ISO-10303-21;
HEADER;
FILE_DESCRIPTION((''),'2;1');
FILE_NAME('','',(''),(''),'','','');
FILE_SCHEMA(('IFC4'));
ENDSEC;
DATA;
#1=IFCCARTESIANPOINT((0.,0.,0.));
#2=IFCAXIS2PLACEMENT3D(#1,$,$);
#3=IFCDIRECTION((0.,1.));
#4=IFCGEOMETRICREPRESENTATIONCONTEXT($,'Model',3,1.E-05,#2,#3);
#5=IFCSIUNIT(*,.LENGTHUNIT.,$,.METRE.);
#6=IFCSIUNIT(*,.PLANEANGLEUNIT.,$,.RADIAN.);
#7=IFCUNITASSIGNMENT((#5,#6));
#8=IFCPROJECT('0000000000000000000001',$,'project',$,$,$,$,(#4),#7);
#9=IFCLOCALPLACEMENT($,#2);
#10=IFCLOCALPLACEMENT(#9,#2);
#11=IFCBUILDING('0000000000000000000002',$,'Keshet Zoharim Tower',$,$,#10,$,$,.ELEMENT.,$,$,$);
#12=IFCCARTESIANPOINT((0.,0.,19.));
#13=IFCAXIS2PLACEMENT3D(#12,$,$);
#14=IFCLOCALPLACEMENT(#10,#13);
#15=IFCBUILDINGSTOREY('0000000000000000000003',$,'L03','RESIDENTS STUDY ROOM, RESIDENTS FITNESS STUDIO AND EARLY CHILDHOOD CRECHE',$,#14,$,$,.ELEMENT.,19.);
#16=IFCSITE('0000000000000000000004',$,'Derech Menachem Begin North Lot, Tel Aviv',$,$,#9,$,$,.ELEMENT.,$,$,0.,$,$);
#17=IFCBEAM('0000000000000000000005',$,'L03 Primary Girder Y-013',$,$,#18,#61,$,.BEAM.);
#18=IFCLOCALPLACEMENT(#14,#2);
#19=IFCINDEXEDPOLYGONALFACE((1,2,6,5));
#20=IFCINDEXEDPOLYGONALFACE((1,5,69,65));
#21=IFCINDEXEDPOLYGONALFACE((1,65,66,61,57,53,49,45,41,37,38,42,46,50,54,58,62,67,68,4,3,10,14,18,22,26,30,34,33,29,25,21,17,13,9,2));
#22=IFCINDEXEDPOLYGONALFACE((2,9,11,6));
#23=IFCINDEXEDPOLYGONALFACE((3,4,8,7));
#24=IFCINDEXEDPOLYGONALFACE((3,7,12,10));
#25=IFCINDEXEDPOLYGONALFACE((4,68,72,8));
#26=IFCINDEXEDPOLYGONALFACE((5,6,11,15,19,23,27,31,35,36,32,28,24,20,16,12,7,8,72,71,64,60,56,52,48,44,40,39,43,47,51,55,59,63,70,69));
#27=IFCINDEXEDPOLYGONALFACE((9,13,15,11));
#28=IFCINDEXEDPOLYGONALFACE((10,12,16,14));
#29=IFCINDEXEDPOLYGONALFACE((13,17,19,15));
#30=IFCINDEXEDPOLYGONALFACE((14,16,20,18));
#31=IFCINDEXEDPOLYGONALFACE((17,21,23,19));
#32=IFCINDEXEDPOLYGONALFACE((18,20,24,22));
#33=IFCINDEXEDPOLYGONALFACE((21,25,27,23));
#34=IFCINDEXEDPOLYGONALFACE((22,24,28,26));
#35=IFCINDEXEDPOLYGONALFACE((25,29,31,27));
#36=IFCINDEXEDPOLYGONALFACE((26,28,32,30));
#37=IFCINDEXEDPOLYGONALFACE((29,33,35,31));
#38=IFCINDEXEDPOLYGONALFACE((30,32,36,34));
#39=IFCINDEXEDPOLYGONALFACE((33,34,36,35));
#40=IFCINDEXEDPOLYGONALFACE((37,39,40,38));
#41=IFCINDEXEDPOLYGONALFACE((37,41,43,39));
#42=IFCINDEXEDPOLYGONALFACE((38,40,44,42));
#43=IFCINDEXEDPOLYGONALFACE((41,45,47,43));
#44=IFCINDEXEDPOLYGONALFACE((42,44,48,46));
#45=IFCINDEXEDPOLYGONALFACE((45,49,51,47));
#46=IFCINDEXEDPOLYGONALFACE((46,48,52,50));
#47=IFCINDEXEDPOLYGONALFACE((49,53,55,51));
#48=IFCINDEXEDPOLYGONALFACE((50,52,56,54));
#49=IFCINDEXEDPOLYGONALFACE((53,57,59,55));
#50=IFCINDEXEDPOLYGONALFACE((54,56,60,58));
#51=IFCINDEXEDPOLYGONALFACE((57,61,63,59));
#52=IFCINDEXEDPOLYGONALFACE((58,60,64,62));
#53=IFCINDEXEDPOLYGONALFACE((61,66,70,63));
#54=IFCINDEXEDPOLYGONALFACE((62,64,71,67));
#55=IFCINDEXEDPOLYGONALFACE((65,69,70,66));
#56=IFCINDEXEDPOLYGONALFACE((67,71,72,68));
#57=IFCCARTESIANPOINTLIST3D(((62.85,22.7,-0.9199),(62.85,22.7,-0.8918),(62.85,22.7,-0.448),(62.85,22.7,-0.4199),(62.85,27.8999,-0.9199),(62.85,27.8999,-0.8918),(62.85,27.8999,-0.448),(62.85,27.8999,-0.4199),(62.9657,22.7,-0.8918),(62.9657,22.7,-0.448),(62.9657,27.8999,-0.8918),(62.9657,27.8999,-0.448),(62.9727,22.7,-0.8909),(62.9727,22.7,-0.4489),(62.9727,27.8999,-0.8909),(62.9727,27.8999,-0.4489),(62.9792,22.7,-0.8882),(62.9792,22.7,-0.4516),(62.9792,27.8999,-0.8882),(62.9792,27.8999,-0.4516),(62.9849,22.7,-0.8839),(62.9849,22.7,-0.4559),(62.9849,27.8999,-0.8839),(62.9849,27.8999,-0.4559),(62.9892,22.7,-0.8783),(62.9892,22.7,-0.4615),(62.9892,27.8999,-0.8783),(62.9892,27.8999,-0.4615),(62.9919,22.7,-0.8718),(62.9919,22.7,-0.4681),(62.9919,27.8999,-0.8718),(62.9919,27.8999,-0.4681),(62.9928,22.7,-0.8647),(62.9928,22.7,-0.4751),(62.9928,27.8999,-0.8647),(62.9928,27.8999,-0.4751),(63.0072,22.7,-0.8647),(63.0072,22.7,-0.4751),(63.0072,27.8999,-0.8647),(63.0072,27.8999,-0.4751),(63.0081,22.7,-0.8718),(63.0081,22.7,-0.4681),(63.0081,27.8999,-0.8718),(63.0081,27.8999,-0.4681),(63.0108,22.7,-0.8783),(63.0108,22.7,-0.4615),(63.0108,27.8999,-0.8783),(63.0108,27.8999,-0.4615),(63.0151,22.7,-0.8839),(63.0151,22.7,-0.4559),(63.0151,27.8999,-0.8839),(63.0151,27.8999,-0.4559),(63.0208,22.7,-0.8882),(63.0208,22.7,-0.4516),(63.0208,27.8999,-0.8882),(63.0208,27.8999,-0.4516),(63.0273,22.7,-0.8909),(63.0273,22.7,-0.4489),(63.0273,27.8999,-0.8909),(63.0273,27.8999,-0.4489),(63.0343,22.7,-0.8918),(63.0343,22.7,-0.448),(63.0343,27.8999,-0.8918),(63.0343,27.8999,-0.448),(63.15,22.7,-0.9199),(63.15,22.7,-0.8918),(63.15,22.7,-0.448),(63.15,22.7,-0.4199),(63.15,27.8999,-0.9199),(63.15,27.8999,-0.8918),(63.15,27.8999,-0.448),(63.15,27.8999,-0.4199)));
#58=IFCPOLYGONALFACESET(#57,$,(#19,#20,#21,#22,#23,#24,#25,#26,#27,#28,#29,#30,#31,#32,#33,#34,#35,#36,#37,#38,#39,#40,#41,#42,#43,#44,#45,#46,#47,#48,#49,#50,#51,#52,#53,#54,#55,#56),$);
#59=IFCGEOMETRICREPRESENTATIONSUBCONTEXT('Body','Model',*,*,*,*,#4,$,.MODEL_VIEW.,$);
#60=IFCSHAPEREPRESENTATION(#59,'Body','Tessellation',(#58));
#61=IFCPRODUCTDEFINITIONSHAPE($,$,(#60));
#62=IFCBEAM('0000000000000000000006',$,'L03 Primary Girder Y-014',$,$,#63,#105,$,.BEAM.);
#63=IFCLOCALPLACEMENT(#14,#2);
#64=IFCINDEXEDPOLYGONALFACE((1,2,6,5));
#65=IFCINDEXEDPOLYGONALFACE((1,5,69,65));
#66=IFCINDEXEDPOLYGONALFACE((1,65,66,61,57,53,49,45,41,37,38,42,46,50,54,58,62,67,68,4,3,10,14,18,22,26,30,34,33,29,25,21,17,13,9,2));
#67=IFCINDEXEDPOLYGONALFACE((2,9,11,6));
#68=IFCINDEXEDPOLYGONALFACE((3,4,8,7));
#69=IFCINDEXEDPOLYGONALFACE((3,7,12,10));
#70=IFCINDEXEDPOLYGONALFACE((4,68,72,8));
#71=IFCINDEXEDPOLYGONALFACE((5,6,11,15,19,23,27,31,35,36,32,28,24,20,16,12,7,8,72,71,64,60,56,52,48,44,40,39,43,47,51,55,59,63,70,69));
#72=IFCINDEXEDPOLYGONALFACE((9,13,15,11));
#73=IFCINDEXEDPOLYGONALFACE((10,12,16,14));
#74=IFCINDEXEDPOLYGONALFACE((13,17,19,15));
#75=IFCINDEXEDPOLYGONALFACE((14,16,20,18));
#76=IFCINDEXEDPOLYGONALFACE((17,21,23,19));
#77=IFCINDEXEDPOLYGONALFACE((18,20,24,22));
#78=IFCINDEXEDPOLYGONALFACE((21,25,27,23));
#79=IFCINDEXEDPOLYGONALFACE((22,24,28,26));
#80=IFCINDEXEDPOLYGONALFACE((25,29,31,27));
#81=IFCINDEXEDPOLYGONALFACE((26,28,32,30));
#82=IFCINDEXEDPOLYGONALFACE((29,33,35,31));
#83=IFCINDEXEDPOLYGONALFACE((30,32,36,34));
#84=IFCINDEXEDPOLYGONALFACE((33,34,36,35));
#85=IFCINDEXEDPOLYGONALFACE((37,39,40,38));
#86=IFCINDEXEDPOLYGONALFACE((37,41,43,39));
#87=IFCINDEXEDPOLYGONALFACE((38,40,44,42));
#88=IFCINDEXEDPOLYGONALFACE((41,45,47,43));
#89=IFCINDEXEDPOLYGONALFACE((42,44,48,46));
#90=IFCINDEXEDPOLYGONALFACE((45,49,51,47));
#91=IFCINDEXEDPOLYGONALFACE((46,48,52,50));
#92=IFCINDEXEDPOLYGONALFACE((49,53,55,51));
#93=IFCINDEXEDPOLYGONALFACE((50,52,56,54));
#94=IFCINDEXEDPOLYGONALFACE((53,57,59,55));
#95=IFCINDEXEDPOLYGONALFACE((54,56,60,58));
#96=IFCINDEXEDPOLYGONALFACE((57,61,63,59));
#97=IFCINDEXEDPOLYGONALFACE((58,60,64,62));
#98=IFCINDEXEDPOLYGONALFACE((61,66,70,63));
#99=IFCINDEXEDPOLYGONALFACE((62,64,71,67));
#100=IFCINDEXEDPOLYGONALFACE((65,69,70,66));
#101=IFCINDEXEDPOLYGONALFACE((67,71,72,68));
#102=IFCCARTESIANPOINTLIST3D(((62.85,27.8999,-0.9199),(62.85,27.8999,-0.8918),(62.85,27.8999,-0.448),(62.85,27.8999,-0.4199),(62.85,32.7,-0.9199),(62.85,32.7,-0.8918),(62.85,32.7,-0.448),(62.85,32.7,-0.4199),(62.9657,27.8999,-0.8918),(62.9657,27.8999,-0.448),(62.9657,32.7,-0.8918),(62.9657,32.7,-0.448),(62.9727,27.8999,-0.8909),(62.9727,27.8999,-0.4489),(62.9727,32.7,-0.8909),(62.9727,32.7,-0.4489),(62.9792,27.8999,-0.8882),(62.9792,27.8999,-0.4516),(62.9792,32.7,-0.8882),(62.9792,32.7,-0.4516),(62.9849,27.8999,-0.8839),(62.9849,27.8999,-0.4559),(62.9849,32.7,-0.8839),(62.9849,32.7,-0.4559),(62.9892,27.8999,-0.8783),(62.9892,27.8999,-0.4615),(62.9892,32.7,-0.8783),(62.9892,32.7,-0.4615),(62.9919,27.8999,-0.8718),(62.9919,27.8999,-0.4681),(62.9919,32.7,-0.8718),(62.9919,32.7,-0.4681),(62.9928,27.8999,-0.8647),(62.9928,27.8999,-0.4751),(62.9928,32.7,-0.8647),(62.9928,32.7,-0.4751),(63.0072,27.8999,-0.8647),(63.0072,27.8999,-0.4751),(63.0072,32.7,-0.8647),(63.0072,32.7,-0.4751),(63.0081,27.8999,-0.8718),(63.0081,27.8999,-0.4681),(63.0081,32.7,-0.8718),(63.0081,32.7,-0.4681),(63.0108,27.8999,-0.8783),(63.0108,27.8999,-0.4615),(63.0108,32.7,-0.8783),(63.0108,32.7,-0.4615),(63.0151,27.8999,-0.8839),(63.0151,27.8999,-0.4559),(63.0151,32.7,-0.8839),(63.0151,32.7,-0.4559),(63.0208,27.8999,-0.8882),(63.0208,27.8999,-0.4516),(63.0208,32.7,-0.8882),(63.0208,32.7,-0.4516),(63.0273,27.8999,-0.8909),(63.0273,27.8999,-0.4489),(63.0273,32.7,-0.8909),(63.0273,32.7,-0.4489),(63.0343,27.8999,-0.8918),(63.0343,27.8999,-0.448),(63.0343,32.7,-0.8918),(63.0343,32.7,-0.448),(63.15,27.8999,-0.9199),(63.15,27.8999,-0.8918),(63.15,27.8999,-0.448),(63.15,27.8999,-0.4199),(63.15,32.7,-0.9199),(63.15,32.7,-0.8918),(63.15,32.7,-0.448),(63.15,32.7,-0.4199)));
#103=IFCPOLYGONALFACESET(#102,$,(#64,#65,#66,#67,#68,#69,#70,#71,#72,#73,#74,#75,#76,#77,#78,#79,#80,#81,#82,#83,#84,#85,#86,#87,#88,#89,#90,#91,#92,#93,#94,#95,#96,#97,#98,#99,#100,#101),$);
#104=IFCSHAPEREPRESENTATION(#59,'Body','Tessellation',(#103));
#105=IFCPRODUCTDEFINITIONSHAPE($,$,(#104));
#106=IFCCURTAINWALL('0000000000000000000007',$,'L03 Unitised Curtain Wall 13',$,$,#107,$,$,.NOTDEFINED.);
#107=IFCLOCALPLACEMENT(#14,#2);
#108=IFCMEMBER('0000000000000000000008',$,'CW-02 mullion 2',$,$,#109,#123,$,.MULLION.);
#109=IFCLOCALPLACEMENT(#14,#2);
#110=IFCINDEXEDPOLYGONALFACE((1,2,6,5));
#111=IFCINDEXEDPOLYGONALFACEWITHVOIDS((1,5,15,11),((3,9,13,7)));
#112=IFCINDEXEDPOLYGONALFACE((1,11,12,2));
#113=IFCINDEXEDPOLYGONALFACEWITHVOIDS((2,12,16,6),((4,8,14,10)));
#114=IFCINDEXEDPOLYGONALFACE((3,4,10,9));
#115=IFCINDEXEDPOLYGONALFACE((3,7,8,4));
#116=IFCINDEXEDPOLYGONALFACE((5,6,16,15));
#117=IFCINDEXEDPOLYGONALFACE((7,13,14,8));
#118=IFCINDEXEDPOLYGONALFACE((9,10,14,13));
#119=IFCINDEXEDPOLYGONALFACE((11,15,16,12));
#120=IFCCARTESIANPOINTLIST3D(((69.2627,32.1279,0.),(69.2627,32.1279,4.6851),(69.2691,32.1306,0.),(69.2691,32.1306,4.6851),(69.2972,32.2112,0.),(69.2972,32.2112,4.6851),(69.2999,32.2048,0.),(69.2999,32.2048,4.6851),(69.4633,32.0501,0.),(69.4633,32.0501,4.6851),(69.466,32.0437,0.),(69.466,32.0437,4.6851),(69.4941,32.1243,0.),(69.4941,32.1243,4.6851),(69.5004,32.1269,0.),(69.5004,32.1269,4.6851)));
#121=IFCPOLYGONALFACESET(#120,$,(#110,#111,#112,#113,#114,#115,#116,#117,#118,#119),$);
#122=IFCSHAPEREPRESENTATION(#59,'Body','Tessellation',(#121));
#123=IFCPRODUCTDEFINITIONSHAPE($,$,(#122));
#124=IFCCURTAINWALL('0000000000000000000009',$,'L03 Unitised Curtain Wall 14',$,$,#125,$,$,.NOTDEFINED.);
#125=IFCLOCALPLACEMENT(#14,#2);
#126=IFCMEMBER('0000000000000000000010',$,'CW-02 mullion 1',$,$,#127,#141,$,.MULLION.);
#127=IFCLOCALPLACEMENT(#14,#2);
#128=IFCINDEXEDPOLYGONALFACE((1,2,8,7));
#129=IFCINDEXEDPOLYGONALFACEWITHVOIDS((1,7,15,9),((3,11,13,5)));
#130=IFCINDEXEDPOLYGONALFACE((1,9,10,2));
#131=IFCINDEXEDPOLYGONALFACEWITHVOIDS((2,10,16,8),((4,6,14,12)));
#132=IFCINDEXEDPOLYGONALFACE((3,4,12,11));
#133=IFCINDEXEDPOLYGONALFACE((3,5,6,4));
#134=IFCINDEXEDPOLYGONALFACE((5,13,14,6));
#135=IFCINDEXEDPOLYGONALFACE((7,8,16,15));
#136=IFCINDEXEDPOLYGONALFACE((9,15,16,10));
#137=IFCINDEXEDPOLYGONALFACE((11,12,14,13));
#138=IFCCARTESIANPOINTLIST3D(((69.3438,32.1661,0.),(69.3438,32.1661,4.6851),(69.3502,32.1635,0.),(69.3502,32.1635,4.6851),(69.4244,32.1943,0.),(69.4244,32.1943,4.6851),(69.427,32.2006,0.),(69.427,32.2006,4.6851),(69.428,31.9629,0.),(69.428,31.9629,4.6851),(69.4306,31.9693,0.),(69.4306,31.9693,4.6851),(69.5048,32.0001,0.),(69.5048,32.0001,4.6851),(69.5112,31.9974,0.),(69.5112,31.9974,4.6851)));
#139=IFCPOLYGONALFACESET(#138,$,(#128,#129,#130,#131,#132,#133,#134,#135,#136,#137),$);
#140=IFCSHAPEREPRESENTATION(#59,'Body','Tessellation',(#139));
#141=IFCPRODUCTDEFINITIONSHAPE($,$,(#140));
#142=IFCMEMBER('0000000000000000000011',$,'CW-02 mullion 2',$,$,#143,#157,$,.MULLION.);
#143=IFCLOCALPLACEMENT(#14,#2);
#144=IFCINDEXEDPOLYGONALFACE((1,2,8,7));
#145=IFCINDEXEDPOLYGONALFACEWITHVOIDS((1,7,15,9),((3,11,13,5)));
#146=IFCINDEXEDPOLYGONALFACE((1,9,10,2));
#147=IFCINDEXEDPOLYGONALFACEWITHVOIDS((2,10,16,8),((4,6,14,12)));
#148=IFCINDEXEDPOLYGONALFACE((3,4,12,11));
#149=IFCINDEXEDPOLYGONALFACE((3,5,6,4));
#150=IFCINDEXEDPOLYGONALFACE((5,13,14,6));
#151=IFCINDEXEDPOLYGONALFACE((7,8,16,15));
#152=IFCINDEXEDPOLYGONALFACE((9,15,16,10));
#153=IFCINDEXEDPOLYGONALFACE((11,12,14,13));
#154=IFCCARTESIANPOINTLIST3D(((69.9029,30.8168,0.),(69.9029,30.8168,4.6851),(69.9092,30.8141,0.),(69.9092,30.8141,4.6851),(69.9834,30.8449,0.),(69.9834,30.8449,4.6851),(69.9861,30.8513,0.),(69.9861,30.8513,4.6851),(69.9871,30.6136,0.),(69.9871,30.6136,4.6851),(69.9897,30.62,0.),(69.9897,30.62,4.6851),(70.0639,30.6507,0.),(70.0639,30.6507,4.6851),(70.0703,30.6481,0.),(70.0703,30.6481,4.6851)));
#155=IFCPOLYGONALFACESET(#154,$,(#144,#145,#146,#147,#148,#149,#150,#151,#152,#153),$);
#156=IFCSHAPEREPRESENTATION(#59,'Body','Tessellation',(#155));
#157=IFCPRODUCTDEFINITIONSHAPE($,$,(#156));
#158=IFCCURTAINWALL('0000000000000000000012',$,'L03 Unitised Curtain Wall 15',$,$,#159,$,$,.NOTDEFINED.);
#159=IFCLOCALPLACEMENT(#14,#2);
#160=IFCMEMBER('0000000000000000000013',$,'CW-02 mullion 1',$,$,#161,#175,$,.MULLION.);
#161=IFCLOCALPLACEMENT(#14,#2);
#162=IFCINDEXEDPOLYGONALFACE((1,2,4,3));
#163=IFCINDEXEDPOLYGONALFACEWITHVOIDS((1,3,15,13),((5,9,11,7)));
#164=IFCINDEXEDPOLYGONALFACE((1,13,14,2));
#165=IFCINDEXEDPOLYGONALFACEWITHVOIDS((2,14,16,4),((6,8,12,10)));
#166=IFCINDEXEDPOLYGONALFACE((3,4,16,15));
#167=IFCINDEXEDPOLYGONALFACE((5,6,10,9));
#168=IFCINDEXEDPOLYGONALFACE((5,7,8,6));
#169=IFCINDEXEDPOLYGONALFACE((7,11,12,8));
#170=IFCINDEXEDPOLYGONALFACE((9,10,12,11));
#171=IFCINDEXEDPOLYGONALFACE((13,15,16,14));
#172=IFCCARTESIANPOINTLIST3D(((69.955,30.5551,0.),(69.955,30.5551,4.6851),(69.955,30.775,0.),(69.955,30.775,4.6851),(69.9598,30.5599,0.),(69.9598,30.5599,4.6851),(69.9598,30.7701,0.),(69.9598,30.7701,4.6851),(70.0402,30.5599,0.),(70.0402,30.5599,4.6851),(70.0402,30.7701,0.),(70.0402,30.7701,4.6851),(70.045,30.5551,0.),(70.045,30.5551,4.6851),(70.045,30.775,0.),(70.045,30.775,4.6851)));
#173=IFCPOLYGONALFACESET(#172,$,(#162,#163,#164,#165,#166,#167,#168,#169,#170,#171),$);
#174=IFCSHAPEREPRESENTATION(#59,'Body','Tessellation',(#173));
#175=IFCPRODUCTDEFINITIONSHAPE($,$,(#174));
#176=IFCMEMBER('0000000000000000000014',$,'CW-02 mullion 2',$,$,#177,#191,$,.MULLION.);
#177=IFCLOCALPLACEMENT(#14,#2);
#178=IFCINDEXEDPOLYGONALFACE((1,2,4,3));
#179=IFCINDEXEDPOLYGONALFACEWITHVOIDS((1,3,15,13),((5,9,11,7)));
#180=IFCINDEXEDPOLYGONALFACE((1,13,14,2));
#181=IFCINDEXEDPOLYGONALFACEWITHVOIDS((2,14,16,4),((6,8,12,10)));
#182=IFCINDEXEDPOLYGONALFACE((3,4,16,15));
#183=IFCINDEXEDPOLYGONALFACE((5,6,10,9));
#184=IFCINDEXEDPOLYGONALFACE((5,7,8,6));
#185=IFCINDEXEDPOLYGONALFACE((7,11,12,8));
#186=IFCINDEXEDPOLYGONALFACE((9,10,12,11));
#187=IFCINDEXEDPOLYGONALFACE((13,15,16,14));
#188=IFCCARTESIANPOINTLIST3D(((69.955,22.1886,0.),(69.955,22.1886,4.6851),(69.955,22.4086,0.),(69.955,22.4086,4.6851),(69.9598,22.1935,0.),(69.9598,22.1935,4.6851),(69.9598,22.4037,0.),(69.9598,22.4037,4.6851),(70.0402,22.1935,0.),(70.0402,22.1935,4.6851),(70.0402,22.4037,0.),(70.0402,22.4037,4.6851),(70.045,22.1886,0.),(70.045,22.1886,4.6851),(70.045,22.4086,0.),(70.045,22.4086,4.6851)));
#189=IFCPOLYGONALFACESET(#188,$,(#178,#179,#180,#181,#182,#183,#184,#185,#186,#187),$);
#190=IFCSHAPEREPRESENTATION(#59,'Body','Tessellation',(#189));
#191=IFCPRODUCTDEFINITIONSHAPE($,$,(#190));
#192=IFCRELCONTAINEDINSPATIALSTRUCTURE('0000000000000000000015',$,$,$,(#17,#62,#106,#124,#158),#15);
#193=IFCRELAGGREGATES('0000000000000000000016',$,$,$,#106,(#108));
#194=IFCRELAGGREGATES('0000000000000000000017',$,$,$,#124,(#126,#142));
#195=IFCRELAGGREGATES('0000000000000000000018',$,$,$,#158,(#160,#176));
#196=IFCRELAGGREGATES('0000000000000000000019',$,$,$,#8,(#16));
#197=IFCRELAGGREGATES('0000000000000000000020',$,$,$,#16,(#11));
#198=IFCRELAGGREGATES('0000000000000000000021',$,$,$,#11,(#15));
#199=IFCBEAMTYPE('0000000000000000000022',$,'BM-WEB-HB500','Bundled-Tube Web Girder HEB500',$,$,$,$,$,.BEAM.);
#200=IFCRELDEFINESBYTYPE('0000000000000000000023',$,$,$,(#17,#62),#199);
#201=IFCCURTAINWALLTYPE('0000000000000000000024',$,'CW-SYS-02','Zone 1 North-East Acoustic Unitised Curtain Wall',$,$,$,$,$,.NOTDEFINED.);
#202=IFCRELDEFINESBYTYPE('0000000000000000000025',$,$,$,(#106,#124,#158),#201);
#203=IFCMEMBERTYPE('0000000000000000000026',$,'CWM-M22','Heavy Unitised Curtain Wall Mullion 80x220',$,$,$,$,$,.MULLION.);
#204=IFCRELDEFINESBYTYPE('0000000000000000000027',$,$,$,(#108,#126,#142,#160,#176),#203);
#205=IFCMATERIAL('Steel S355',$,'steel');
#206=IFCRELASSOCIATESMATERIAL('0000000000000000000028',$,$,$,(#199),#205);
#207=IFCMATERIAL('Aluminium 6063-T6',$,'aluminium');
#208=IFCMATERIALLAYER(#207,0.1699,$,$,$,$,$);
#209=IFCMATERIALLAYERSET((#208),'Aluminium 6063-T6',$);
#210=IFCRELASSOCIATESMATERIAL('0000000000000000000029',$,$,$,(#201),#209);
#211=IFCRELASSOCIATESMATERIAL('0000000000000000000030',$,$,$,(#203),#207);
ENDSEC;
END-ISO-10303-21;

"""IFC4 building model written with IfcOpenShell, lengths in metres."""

from ifc_helpers import new_model, si_unit, direction, frame, origin, origin_2d, place, context, subcontext, project, spatial, hollow_rectangle, i_section, extrude, material, layer, layer_set, material_profile, profile_set, type_object, element, aggregate, save


model = new_model("IFC4")

# Units and contexts
model_context = context("Model", 3, precision=1e-05, world=origin(), true_north=direction((0.0, 1.0)))
body_context = subcontext(model_context, "Body", "Model", "MODEL_VIEW")
ifc_project = project(units=[si_unit("LENGTHUNIT", "METRE"), si_unit("PLANEANGLEUNIT", "RADIAN")], contexts=[model_context])

# Site, building, storey
site_placement = place(None, origin())
site = spatial("IfcSite", under=ifc_project, at=site_placement, Name="Derech Menachem Begin North Lot, Tel Aviv", CompositionType="ELEMENT", RefElevation=0.0)
building_placement = place(site_placement, origin())
building = spatial("IfcBuilding", under=site, at=building_placement, Name="Keshet Zoharim Tower", CompositionType="ELEMENT")
storey_placement = place(building_placement, frame((0.0, 0.0, 19.0)))
storey = spatial("IfcBuildingStorey", under=building, at=storey_placement, Name="L03", Description="RESIDENTS STUDY ROOM, RESIDENTS FITNESS STUDIO AND EARLY CHILDHOOD CRECHE", CompositionType="ELEMENT", Elevation=19.0)

# Shared definitions
ifc_material_1 = material(Name="Steel S355", Category="steel")

# Beams
ifc_material_profile_1 = material_profile(ifc_material_1, i_section(OverallWidth=0.3, OverallDepth=0.5, WebThickness=0.0144, FlangeThickness=0.0281, FilletRadius=0.0271, at=origin_2d()), Name="HEB500")
ifc_profile_set_1 = profile_set([ifc_material_profile_1], Name="Steel S355")
beam_type = type_object("IfcBeamType", Name="BM-WEB-HB500", Description="Bundled-Tube Web Girder HEB500", PredefinedType="BEAM", material=ifc_profile_set_1)
beam_1_placement = place(storey_placement, frame((63.0, 22.7, -0.6699), z_axis=(0.0, 1.0, 0.0), x_axis=(-1.0, 0.0, 0.0)))
element("IfcBeam", 1, at=beam_1_placement, inside=storey, type_object=beam_type, Name="L03 Primary Girder Y-013", PredefinedType="BEAM", context=body_context, shape_type="SweptSolid", body=[
    extrude(i_section(OverallWidth=0.3, OverallDepth=0.5, WebThickness=0.0144, FlangeThickness=0.0281, FilletRadius=0.0271, at=origin_2d()), origin(), (0.0, 0.0, 1.0), 5.2),
])
beam_2_placement = place(storey_placement, frame((63.0, 27.8999, -0.6699), z_axis=(0.0, 1.0, 0.0), x_axis=(-1.0, 0.0, 0.0)))
element("IfcBeam", 2, at=beam_2_placement, inside=storey, type_object=beam_type, Name="L03 Primary Girder Y-014", PredefinedType="BEAM", context=body_context, shape_type="SweptSolid", body=[
    extrude(i_section(OverallWidth=0.3, OverallDepth=0.5, WebThickness=0.0144, FlangeThickness=0.0281, FilletRadius=0.0271, at=origin_2d()), origin(), (0.0, 0.0, 1.0), 4.8),
])

# Curtain wall, member
ifc_material_2 = material(Name="Aluminium 6063-T6", Category="aluminium")
ifc_layer_1 = layer(ifc_material_2, 0.1699)
ifc_layer_set_1 = layer_set([ifc_layer_1], Name="Aluminium 6063-T6")
curtain_wall_type = type_object("IfcCurtainWallType", Name="CW-SYS-02", Description="Zone 1 North-East Acoustic Unitised Curtain Wall", PredefinedType="NOTDEFINED", material=ifc_layer_set_1)
curtain_wall_1_placement = place(storey_placement, origin())
curtain_wall_1 = element("IfcCurtainWall", 3, at=curtain_wall_1_placement, inside=storey, type_object=curtain_wall_type, Name="L03 Unitised Curtain Wall 13", PredefinedType="NOTDEFINED")
ifc_material_profile_2 = material_profile(ifc_material_2, hollow_rectangle(XDim=0.0901, YDim=0.22, WallThickness=0.0049, at=origin_2d()), Name="MUL-90x220")
ifc_profile_set_2 = profile_set([ifc_material_profile_2], Name="Aluminium 6063-T6")
member_type_1 = type_object("IfcMemberType", Name="CWM-M22", Description="Heavy Unitised Curtain Wall Mullion 80x220", PredefinedType="MULLION", material=ifc_profile_set_2)
member_1_placement = place(storey_placement, frame((69.3816, 32.1274, 0.0), z_axis=(0.0, 0.0, 1.0), x_axis=(0.382852, 0.92381, 0.0)))
member_1 = element("IfcMember", 4, at=member_1_placement, type_object=member_type_1, Name="CW-02 mullion 2", PredefinedType="MULLION", context=body_context, shape_type="SweptSolid", body=[
    extrude(hollow_rectangle(XDim=0.0901, YDim=0.22, WallThickness=0.0049, at=origin_2d()), origin(), (0.0, 0.0, 1.0), 4.6851),
])

# Curtain walls, members
curtain_wall_2_placement = place(storey_placement, origin())
curtain_wall_2 = element("IfcCurtainWall", 5, at=curtain_wall_2_placement, inside=storey, type_object=curtain_wall_type, Name="L03 Unitised Curtain Wall 14", PredefinedType="NOTDEFINED")
member_2_placement = place(storey_placement, frame((69.4275, 32.0818, 0.0), z_axis=(0.0, 0.0, 1.0), x_axis=(0.92381, 0.382852, 0.0)))
member_2 = element("IfcMember", 6, at=member_2_placement, type_object=member_type_1, Name="CW-02 mullion 1", PredefinedType="MULLION", context=body_context, shape_type="SweptSolid", body=[
    extrude(hollow_rectangle(XDim=0.0901, YDim=0.22, WallThickness=0.0049, at=origin_2d()), origin(), (0.0, 0.0, 1.0), 4.6851),
])
member_3_placement = place(storey_placement, frame((69.9866, 30.7324, 0.0), z_axis=(0.0, 0.0, 1.0), x_axis=(0.92381, 0.382852, 0.0)))
member_3 = element("IfcMember", 7, at=member_3_placement, type_object=member_type_1, Name="CW-02 mullion 2", PredefinedType="MULLION", context=body_context, shape_type="SweptSolid", body=[
    extrude(hollow_rectangle(XDim=0.0901, YDim=0.22, WallThickness=0.0049, at=origin_2d()), origin(), (0.0, 0.0, 1.0), 4.6851),
])
curtain_wall_3_placement = place(storey_placement, origin())
curtain_wall_3 = element("IfcCurtainWall", 8, at=curtain_wall_3_placement, inside=storey, type_object=curtain_wall_type, Name="L03 Unitised Curtain Wall 15", PredefinedType="NOTDEFINED")
member_4_placement = place(storey_placement, frame((70.0, 30.665, 0.0), z_axis=(0.0, 0.0, 1.0), x_axis=(1.0, 0.0, 0.0)))
member_4 = element("IfcMember", 9, at=member_4_placement, type_object=member_type_1, Name="CW-02 mullion 1", PredefinedType="MULLION", context=body_context, shape_type="SweptSolid", body=[
    extrude(hollow_rectangle(XDim=0.0901, YDim=0.22, WallThickness=0.0049, at=origin_2d()), origin(), (0.0, 0.0, 1.0), 4.6851),
])
member_5_placement = place(storey_placement, frame((70.0, 22.2986, 0.0), z_axis=(0.0, 0.0, 1.0), x_axis=(1.0, 0.0, 0.0)))
member_5 = element("IfcMember", 10, at=member_5_placement, type_object=member_type_1, Name="CW-02 mullion 2", PredefinedType="MULLION", context=body_context, shape_type="SweptSolid", body=[
    extrude(hollow_rectangle(XDim=0.0901, YDim=0.22, WallThickness=0.0049, at=origin_2d()), origin(), (0.0, 0.0, 1.0), 4.6851),
])

aggregate(curtain_wall_1, [member_1])
aggregate(curtain_wall_2, [member_2, member_3])
aggregate(curtain_wall_3, [member_4, member_5])

save(model, "model.ifc")
